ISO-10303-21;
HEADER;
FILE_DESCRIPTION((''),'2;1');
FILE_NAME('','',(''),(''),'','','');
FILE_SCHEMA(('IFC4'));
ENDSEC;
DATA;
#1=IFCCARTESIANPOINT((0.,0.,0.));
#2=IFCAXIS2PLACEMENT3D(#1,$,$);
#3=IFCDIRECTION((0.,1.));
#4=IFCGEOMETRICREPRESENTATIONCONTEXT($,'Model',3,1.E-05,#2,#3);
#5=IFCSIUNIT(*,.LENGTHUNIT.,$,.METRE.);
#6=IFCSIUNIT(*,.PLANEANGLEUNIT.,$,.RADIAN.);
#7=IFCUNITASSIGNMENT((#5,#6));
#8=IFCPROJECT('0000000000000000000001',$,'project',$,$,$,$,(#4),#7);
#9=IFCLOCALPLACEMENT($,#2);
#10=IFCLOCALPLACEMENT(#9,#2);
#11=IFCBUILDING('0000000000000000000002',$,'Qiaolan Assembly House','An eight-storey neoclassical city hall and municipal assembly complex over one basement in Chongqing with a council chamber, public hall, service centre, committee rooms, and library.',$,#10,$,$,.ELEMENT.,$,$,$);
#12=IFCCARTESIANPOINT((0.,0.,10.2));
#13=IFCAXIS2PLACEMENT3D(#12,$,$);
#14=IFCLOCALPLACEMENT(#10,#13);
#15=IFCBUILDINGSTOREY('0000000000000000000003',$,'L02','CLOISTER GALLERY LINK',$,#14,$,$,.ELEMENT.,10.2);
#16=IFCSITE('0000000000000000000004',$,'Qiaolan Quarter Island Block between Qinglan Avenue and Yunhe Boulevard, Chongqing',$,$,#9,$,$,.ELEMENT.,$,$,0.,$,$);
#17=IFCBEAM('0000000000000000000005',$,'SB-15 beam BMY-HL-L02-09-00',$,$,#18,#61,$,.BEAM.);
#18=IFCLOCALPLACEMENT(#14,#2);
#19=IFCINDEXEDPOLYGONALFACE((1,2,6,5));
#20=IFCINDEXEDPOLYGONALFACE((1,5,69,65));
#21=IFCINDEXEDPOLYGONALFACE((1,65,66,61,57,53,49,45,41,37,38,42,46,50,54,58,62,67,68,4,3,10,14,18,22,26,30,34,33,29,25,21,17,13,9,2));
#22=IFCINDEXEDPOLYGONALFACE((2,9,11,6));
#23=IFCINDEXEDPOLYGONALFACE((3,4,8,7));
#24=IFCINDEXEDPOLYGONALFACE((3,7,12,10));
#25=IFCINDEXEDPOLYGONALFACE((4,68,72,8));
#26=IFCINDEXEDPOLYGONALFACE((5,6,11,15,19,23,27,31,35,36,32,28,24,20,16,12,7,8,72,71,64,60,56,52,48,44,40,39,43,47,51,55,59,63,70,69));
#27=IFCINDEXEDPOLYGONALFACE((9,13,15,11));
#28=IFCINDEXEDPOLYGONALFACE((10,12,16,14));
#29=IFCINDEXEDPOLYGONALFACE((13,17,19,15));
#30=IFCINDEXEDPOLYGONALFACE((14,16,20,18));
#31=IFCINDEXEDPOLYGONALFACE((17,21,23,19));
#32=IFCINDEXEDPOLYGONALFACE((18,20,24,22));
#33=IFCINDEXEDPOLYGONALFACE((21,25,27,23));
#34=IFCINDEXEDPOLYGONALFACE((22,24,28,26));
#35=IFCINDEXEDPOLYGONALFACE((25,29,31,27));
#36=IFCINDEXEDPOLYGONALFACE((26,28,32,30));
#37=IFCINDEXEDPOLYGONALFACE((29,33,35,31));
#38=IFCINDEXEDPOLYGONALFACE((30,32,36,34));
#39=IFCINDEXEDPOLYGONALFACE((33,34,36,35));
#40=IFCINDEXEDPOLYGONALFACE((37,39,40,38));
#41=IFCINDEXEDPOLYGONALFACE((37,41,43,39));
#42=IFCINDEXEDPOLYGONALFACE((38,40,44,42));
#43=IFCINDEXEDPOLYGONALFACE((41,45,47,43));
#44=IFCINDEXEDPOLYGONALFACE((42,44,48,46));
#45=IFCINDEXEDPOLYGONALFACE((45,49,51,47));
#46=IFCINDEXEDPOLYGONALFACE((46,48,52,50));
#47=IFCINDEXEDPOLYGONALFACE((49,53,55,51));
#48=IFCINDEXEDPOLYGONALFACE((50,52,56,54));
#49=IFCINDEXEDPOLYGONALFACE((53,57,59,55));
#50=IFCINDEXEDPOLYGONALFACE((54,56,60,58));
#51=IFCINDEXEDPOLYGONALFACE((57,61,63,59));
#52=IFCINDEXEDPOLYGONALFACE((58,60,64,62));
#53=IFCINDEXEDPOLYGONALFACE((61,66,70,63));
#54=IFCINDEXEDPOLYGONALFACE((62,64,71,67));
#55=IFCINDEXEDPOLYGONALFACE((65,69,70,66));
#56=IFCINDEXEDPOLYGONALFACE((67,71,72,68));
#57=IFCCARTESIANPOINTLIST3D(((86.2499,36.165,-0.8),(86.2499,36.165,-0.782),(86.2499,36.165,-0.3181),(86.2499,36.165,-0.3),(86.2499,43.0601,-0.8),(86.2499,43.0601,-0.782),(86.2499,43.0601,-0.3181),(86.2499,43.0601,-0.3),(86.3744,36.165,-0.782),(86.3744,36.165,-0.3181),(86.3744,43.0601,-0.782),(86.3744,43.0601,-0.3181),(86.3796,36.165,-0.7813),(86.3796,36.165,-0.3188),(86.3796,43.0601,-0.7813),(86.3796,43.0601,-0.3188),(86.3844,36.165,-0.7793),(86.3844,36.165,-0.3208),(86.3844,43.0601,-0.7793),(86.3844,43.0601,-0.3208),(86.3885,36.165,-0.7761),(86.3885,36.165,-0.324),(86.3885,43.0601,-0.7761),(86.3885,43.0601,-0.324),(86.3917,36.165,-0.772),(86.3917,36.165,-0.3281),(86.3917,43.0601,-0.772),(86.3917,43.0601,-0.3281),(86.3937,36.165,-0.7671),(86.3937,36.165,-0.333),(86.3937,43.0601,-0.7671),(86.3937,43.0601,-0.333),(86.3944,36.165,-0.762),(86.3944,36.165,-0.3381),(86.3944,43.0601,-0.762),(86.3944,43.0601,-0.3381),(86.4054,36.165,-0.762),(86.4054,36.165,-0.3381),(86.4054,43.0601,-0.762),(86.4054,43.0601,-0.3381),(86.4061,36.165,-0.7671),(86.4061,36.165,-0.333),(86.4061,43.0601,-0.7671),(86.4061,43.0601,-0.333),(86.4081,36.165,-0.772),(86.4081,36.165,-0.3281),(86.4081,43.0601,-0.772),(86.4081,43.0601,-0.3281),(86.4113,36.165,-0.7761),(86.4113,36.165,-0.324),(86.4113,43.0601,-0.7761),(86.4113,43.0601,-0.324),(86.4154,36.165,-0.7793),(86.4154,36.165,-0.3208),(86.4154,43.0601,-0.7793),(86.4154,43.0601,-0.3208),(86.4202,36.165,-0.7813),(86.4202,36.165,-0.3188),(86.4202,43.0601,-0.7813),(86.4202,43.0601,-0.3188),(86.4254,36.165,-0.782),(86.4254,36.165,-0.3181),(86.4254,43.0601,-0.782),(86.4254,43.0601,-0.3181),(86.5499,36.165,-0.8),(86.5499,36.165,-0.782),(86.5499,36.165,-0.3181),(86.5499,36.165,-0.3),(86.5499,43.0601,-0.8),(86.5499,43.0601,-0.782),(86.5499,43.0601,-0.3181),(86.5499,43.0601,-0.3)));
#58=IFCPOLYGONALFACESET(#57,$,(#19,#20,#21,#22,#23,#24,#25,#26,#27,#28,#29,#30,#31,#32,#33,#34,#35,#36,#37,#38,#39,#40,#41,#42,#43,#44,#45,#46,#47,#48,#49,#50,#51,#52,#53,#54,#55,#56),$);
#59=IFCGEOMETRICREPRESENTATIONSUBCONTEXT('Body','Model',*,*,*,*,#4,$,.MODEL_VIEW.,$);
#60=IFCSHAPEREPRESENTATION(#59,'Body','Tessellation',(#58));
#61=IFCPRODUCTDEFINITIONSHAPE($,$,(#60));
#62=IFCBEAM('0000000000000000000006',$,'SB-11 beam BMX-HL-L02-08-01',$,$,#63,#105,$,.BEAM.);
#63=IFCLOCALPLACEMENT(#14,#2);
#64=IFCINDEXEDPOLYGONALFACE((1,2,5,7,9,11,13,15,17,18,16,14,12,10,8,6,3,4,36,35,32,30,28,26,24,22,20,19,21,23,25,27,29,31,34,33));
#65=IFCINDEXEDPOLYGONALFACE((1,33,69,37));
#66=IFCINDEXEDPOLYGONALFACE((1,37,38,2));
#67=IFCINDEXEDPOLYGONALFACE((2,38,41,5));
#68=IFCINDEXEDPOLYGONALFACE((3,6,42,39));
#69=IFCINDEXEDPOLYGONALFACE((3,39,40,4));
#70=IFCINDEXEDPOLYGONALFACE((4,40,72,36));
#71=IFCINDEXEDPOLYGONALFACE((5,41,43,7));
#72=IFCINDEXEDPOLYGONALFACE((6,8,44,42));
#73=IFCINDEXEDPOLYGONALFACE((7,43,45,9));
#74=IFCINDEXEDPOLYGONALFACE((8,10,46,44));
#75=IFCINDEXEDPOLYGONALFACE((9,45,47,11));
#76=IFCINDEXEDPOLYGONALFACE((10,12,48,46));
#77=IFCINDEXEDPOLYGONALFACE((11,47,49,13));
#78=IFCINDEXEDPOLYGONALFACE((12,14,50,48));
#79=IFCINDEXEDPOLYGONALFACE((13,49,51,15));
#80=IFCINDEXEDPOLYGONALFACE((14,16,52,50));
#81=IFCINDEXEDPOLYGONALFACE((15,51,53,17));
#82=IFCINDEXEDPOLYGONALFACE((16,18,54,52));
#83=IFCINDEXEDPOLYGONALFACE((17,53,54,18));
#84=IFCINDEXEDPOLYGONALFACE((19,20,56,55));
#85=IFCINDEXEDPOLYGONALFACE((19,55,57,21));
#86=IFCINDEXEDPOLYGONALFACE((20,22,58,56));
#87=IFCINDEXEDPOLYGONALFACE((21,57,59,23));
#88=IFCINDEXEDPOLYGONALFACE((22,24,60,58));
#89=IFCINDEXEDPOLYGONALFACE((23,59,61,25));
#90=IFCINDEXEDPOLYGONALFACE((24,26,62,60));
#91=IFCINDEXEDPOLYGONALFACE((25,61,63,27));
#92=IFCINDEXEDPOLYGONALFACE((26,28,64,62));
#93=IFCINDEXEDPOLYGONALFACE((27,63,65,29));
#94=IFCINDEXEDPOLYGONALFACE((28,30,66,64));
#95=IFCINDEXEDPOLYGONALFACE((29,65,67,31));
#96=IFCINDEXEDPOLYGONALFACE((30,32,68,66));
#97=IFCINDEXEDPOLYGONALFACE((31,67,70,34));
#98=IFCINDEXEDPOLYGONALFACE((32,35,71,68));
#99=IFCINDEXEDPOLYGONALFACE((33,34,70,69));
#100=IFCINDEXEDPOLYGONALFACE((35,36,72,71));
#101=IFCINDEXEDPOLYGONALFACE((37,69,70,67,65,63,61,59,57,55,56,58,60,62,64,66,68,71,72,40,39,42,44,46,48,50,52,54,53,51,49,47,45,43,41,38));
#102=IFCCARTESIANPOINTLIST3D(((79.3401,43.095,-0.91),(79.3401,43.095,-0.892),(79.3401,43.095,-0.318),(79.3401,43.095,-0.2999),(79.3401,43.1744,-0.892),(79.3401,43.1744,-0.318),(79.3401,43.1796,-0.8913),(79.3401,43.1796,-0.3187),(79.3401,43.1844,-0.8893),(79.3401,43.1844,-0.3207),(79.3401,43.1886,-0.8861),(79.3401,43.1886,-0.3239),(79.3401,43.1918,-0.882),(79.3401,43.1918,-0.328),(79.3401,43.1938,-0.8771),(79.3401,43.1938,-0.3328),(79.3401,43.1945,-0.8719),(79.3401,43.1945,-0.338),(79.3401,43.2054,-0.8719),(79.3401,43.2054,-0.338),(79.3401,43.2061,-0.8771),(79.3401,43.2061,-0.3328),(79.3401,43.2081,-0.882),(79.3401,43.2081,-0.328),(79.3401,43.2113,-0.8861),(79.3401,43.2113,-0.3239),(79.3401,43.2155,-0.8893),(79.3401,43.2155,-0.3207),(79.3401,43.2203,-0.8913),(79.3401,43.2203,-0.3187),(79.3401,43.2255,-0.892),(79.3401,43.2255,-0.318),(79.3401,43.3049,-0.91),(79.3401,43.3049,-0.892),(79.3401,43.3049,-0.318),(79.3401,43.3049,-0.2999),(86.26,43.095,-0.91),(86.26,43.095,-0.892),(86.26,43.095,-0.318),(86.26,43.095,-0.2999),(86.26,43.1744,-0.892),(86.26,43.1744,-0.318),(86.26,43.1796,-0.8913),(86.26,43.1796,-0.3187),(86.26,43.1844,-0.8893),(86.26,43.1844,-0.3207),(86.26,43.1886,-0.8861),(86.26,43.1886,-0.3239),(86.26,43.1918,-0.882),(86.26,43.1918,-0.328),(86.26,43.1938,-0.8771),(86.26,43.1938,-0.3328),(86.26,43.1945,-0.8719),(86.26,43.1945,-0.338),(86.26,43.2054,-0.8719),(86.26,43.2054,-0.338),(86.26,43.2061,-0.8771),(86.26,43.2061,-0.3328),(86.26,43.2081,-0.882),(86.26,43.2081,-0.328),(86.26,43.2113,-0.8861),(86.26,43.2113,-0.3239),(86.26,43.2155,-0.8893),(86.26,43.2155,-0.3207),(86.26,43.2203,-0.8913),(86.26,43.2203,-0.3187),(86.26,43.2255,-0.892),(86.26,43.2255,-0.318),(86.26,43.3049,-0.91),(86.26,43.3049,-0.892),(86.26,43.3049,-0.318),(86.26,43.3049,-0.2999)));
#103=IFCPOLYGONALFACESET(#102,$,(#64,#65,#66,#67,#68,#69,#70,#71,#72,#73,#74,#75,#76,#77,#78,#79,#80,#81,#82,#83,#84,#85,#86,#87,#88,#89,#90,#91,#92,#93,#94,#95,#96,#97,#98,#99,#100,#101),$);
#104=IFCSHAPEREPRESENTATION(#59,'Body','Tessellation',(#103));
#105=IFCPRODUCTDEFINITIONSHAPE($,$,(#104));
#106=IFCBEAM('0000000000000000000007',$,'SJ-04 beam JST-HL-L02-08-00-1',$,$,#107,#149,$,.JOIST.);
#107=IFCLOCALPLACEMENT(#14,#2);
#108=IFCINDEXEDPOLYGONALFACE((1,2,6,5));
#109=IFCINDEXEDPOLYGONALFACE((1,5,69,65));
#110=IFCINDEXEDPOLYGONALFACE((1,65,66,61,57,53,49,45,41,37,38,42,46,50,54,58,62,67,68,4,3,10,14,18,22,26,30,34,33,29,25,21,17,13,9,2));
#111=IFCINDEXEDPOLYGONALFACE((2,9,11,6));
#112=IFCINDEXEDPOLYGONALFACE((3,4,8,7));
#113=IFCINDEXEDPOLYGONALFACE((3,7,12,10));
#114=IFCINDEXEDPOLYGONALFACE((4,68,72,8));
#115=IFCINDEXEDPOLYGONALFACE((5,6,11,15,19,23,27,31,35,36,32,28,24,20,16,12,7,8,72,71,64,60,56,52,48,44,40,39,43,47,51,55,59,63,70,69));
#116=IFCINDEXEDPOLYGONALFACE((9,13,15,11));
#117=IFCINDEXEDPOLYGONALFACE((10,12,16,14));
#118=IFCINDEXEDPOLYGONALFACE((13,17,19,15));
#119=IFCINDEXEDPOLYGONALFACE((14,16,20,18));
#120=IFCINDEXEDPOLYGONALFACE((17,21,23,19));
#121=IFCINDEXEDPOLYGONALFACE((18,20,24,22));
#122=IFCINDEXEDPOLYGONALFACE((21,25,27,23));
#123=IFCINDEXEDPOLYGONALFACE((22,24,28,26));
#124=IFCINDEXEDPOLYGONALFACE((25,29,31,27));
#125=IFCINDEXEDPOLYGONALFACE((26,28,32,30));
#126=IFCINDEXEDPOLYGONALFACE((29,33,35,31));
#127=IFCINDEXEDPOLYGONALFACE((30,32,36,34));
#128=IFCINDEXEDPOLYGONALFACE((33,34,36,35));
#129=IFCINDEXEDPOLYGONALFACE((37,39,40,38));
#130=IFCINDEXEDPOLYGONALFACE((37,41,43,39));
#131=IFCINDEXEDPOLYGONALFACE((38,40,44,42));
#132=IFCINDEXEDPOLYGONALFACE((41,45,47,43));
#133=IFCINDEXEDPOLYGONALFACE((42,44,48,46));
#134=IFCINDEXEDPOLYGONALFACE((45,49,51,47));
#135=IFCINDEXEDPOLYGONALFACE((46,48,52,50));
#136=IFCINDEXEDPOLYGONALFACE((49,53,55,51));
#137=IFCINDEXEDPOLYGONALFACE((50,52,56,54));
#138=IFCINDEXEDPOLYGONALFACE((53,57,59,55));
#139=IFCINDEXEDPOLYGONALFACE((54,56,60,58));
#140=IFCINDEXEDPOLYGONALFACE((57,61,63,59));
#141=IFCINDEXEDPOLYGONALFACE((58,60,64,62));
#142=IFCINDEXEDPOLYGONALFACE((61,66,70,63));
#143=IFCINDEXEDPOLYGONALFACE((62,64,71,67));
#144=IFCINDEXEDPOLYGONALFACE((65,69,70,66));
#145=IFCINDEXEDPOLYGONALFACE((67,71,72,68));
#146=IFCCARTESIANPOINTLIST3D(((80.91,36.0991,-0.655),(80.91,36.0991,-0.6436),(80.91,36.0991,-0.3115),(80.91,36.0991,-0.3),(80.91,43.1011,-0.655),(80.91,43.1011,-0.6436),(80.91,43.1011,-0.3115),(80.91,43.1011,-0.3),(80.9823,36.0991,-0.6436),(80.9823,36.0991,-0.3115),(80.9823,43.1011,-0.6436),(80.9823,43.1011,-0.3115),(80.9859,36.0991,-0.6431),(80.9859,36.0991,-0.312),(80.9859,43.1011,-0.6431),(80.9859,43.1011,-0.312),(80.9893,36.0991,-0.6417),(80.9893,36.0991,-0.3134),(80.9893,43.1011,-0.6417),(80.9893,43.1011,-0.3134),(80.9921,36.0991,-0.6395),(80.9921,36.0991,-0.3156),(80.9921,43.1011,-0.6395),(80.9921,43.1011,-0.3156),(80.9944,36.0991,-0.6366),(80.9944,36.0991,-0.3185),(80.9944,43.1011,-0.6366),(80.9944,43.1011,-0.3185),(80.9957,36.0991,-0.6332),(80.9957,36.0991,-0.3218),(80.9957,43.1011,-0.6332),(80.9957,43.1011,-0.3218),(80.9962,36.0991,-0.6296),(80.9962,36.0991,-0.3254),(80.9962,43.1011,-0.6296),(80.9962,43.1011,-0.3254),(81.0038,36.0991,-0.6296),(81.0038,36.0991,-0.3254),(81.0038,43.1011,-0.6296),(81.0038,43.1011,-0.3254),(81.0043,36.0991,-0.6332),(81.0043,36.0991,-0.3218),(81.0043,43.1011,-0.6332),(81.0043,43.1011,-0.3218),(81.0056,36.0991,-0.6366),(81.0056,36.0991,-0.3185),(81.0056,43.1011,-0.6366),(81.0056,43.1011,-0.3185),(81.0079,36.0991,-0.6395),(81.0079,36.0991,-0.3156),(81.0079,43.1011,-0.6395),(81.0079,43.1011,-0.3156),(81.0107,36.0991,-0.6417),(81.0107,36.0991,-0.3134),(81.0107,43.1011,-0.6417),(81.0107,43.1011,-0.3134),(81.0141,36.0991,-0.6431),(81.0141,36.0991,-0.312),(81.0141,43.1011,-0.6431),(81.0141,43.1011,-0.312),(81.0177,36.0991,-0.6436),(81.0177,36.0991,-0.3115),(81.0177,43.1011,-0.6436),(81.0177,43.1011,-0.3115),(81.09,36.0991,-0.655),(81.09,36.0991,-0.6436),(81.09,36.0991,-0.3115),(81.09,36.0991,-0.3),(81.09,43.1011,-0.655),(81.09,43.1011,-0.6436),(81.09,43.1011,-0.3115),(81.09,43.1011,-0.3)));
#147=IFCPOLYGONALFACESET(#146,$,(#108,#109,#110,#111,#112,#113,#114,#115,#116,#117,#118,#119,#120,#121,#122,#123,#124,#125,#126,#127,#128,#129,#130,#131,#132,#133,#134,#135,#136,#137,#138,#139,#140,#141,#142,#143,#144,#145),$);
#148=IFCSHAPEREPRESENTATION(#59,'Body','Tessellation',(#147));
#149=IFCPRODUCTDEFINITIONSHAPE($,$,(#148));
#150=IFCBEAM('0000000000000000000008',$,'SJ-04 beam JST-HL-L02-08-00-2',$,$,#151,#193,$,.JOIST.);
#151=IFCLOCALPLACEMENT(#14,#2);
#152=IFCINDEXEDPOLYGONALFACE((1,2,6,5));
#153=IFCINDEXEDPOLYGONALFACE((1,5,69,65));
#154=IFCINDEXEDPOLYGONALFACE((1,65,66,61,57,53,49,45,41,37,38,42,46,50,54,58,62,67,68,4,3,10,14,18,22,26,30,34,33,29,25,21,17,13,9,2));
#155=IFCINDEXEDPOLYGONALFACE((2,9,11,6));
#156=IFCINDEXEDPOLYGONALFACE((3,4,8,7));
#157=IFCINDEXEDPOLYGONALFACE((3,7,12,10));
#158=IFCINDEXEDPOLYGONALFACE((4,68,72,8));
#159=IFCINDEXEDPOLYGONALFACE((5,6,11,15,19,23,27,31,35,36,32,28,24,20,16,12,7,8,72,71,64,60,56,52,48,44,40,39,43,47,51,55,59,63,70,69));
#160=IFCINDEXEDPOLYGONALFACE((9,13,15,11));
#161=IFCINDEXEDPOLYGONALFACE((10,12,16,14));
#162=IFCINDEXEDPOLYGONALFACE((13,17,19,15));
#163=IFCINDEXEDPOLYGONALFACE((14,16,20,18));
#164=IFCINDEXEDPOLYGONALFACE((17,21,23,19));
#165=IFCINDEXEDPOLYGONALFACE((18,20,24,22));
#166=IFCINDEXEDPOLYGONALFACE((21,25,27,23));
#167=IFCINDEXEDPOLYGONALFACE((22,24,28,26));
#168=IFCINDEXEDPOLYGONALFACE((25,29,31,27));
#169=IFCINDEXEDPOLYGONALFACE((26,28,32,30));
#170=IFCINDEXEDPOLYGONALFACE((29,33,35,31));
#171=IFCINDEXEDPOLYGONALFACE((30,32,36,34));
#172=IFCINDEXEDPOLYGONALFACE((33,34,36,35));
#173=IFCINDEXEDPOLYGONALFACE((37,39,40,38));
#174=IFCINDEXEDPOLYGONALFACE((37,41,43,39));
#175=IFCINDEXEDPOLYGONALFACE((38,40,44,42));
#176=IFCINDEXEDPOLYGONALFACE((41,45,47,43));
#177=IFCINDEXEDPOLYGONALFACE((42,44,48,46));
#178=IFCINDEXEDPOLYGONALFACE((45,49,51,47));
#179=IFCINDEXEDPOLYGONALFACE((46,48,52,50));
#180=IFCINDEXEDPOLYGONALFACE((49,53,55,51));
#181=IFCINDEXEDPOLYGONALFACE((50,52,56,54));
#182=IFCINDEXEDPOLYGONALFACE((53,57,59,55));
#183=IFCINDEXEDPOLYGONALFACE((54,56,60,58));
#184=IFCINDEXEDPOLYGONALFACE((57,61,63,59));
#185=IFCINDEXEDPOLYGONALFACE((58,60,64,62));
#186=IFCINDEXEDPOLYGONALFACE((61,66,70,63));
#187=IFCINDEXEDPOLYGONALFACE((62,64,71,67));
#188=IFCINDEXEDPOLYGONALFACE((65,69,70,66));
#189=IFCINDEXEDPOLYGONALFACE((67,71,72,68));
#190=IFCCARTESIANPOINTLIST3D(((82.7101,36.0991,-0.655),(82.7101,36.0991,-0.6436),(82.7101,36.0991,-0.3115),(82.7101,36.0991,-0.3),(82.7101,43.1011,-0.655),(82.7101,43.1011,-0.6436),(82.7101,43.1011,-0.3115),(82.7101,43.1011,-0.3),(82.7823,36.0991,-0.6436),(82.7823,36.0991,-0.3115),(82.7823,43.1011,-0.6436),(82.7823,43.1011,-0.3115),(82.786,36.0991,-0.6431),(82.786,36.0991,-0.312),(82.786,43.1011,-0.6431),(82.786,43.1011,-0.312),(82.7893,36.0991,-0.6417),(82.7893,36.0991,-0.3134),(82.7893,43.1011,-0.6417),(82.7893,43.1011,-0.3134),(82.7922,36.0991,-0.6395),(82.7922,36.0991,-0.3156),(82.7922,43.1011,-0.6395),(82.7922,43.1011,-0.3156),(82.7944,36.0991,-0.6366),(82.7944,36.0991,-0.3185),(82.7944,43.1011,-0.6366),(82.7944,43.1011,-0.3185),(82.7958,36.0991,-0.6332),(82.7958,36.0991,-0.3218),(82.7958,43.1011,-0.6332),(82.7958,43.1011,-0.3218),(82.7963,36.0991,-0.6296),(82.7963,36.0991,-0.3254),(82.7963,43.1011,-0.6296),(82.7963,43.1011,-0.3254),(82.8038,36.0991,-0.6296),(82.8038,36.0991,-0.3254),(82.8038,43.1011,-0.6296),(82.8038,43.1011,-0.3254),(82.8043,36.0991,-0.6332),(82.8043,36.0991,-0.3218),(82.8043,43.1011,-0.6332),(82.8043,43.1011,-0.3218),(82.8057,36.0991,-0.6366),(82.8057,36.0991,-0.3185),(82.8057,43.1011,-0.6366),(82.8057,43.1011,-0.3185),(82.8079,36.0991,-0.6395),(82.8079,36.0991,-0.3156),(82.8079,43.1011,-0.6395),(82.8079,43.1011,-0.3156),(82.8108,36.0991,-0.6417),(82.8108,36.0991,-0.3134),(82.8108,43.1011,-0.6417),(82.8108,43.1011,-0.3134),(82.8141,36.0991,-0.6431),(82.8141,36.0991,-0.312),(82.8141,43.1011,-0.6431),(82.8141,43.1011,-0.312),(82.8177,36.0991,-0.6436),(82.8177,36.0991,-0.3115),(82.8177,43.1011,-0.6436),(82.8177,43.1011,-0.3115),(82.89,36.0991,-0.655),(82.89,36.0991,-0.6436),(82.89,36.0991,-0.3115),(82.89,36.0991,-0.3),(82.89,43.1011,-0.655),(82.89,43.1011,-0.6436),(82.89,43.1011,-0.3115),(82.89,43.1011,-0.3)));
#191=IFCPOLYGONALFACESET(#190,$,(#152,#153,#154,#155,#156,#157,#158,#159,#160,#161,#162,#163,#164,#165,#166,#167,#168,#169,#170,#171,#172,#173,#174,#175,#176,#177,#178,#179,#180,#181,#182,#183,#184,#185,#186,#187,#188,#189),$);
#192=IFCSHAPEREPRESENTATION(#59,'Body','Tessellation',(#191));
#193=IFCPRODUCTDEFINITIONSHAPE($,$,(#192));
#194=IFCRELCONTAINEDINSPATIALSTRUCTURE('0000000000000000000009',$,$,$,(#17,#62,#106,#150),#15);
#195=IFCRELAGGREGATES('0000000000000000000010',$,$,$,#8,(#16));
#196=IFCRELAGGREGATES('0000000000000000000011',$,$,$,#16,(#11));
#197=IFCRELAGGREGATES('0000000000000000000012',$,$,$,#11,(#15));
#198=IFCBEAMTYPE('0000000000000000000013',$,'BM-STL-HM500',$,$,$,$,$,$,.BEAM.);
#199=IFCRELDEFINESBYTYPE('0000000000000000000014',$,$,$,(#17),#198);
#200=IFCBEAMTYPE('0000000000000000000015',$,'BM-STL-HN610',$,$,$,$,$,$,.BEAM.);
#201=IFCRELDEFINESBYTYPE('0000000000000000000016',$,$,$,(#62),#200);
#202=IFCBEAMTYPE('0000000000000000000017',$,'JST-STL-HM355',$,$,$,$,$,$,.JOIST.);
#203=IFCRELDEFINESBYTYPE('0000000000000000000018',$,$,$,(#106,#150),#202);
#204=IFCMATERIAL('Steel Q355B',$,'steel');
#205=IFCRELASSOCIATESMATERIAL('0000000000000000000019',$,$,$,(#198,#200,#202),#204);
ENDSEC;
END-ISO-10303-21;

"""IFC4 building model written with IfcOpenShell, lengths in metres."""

from ifc_helpers import new_model, si_unit, direction, frame, origin, origin_2d, place, context, subcontext, project, spatial, i_section, extrude, material, material_profile, profile_set, type_object, element, save


model = new_model("IFC4")

# Units and contexts
model_context = context("Model", 3, precision=1e-05, world=origin(), true_north=direction((0.0, 1.0)))
body_context = subcontext(model_context, "Body", "Model", "MODEL_VIEW")
ifc_project = project(units=[si_unit("LENGTHUNIT", "METRE"), si_unit("PLANEANGLEUNIT", "RADIAN")], contexts=[model_context])

# Site, building, storey
site_placement = place(None, origin())
site = spatial("IfcSite", under=ifc_project, at=site_placement, Name="Qiaolan Quarter Island Block between Qinglan Avenue and Yunhe Boulevard, Chongqing", CompositionType="ELEMENT", RefElevation=0.0)
building_placement = place(site_placement, origin())
building = spatial("IfcBuilding", under=site, at=building_placement, Name="Qiaolan Assembly House", Description="An eight-storey neoclassical city hall and municipal assembly complex over one basement in Chongqing with a council chamber, public hall, service centre, committee rooms, and library.", CompositionType="ELEMENT")
storey_placement = place(building_placement, frame((0.0, 0.0, 10.2)))
storey = spatial("IfcBuildingStorey", under=building, at=storey_placement, Name="L02", Description="CLOISTER GALLERY LINK", CompositionType="ELEMENT", Elevation=10.2)

# Shared definitions
ifc_material_1 = material(Name="Steel Q355B", Category="steel")

# Beams
ifc_material_profile_1 = material_profile(ifc_material_1, i_section(OverallWidth=0.3, OverallDepth=0.5, WebThickness=0.011, FlangeThickness=0.0181, FilletRadius=0.02, at=origin_2d()), Name="HM 500x300x11x18")
ifc_profile_set_1 = profile_set([ifc_material_profile_1], Name="Steel Q355B")
beam_type_1 = type_object("IfcBeamType", Name="BM-STL-HM500", PredefinedType="BEAM", material=ifc_profile_set_1)
for number, where, z_axis, x_axis, name in (
    (1, (86.3999, 36.165, -0.55), (0.0, 1.0, 0.0), (-1.0, 0.0, 0.0), "SB-15 beam BMY-HL-L02-09-00"),
):
    element("IfcBeam", number, at=place(storey_placement, frame(where, z_axis=z_axis, x_axis=x_axis)), inside=storey, type_object=beam_type_1, Name=name, PredefinedType="BEAM", context=body_context, shape_type="SweptSolid", body=[
        extrude(i_section(OverallWidth=0.3, OverallDepth=0.5, WebThickness=0.011, FlangeThickness=0.0181, FilletRadius=0.02, at=origin_2d()), origin(), (0.0, 0.0, 1.0), 6.895),
    ])
ifc_material_profile_2 = material_profile(ifc_material_1, i_section(OverallWidth=0.21, OverallDepth=0.6101, WebThickness=0.011, FlangeThickness=0.0181, FilletRadius=0.02, at=origin_2d()), Name="HN 610x210x11x18")
ifc_profile_set_2 = profile_set([ifc_material_profile_2], Name="Steel Q355B")
beam_type_2 = type_object("IfcBeamType", Name="BM-STL-HN610", PredefinedType="BEAM", material=ifc_profile_set_2)
beam_placement = place(storey_placement, frame((79.3401, 43.2, -0.605), z_axis=(1.0, 0.0, 0.0), x_axis=(0.0, 1.0, 0.0)))
element("IfcBeam", 2, at=beam_placement, inside=storey, type_object=beam_type_2, Name="SB-11 beam BMX-HL-L02-08-01", PredefinedType="BEAM", context=body_context, shape_type="SweptSolid", body=[
    extrude(i_section(OverallWidth=0.21, OverallDepth=0.6101, WebThickness=0.011, FlangeThickness=0.0181, FilletRadius=0.02, at=origin_2d()), origin(), (0.0, 0.0, 1.0), 6.9199),
])
ifc_material_profile_3 = material_profile(ifc_material_1, i_section(OverallWidth=0.1799, OverallDepth=0.355, WebThickness=0.0076, FlangeThickness=0.0115, FilletRadius=0.0139, at=origin_2d()), Name="HM 355x180x7.5x11.5")
ifc_profile_set_3 = profile_set([ifc_material_profile_3], Name="Steel Q355B")
beam_type_3 = type_object("IfcBeamType", Name="JST-STL-HM355", PredefinedType="JOIST", material=ifc_profile_set_3)
for number, where, z_axis, x_axis, name in (
    (3, (81.0, 36.0991, -0.4775), (0.0, 1.0, 0.0), (-1.0, 0.0, 0.0), "SJ-04 beam JST-HL-L02-08-00-1"),
    (4, (82.8, 36.0991, -0.4775), (0.0, 1.0, 0.0), (-1.0, 0.0, 0.0), "SJ-04 beam JST-HL-L02-08-00-2"),
):
    element("IfcBeam", number, at=place(storey_placement, frame(where, z_axis=z_axis, x_axis=x_axis)), inside=storey, type_object=beam_type_3, Name=name, PredefinedType="JOIST", context=body_context, shape_type="SweptSolid", body=[
        extrude(i_section(OverallWidth=0.1799, OverallDepth=0.355, WebThickness=0.0076, FlangeThickness=0.0115, FilletRadius=0.0139, at=origin_2d()), origin(), (0.0, 0.0, 1.0), 7.002),
    ])

save(model, "model.ifc")
